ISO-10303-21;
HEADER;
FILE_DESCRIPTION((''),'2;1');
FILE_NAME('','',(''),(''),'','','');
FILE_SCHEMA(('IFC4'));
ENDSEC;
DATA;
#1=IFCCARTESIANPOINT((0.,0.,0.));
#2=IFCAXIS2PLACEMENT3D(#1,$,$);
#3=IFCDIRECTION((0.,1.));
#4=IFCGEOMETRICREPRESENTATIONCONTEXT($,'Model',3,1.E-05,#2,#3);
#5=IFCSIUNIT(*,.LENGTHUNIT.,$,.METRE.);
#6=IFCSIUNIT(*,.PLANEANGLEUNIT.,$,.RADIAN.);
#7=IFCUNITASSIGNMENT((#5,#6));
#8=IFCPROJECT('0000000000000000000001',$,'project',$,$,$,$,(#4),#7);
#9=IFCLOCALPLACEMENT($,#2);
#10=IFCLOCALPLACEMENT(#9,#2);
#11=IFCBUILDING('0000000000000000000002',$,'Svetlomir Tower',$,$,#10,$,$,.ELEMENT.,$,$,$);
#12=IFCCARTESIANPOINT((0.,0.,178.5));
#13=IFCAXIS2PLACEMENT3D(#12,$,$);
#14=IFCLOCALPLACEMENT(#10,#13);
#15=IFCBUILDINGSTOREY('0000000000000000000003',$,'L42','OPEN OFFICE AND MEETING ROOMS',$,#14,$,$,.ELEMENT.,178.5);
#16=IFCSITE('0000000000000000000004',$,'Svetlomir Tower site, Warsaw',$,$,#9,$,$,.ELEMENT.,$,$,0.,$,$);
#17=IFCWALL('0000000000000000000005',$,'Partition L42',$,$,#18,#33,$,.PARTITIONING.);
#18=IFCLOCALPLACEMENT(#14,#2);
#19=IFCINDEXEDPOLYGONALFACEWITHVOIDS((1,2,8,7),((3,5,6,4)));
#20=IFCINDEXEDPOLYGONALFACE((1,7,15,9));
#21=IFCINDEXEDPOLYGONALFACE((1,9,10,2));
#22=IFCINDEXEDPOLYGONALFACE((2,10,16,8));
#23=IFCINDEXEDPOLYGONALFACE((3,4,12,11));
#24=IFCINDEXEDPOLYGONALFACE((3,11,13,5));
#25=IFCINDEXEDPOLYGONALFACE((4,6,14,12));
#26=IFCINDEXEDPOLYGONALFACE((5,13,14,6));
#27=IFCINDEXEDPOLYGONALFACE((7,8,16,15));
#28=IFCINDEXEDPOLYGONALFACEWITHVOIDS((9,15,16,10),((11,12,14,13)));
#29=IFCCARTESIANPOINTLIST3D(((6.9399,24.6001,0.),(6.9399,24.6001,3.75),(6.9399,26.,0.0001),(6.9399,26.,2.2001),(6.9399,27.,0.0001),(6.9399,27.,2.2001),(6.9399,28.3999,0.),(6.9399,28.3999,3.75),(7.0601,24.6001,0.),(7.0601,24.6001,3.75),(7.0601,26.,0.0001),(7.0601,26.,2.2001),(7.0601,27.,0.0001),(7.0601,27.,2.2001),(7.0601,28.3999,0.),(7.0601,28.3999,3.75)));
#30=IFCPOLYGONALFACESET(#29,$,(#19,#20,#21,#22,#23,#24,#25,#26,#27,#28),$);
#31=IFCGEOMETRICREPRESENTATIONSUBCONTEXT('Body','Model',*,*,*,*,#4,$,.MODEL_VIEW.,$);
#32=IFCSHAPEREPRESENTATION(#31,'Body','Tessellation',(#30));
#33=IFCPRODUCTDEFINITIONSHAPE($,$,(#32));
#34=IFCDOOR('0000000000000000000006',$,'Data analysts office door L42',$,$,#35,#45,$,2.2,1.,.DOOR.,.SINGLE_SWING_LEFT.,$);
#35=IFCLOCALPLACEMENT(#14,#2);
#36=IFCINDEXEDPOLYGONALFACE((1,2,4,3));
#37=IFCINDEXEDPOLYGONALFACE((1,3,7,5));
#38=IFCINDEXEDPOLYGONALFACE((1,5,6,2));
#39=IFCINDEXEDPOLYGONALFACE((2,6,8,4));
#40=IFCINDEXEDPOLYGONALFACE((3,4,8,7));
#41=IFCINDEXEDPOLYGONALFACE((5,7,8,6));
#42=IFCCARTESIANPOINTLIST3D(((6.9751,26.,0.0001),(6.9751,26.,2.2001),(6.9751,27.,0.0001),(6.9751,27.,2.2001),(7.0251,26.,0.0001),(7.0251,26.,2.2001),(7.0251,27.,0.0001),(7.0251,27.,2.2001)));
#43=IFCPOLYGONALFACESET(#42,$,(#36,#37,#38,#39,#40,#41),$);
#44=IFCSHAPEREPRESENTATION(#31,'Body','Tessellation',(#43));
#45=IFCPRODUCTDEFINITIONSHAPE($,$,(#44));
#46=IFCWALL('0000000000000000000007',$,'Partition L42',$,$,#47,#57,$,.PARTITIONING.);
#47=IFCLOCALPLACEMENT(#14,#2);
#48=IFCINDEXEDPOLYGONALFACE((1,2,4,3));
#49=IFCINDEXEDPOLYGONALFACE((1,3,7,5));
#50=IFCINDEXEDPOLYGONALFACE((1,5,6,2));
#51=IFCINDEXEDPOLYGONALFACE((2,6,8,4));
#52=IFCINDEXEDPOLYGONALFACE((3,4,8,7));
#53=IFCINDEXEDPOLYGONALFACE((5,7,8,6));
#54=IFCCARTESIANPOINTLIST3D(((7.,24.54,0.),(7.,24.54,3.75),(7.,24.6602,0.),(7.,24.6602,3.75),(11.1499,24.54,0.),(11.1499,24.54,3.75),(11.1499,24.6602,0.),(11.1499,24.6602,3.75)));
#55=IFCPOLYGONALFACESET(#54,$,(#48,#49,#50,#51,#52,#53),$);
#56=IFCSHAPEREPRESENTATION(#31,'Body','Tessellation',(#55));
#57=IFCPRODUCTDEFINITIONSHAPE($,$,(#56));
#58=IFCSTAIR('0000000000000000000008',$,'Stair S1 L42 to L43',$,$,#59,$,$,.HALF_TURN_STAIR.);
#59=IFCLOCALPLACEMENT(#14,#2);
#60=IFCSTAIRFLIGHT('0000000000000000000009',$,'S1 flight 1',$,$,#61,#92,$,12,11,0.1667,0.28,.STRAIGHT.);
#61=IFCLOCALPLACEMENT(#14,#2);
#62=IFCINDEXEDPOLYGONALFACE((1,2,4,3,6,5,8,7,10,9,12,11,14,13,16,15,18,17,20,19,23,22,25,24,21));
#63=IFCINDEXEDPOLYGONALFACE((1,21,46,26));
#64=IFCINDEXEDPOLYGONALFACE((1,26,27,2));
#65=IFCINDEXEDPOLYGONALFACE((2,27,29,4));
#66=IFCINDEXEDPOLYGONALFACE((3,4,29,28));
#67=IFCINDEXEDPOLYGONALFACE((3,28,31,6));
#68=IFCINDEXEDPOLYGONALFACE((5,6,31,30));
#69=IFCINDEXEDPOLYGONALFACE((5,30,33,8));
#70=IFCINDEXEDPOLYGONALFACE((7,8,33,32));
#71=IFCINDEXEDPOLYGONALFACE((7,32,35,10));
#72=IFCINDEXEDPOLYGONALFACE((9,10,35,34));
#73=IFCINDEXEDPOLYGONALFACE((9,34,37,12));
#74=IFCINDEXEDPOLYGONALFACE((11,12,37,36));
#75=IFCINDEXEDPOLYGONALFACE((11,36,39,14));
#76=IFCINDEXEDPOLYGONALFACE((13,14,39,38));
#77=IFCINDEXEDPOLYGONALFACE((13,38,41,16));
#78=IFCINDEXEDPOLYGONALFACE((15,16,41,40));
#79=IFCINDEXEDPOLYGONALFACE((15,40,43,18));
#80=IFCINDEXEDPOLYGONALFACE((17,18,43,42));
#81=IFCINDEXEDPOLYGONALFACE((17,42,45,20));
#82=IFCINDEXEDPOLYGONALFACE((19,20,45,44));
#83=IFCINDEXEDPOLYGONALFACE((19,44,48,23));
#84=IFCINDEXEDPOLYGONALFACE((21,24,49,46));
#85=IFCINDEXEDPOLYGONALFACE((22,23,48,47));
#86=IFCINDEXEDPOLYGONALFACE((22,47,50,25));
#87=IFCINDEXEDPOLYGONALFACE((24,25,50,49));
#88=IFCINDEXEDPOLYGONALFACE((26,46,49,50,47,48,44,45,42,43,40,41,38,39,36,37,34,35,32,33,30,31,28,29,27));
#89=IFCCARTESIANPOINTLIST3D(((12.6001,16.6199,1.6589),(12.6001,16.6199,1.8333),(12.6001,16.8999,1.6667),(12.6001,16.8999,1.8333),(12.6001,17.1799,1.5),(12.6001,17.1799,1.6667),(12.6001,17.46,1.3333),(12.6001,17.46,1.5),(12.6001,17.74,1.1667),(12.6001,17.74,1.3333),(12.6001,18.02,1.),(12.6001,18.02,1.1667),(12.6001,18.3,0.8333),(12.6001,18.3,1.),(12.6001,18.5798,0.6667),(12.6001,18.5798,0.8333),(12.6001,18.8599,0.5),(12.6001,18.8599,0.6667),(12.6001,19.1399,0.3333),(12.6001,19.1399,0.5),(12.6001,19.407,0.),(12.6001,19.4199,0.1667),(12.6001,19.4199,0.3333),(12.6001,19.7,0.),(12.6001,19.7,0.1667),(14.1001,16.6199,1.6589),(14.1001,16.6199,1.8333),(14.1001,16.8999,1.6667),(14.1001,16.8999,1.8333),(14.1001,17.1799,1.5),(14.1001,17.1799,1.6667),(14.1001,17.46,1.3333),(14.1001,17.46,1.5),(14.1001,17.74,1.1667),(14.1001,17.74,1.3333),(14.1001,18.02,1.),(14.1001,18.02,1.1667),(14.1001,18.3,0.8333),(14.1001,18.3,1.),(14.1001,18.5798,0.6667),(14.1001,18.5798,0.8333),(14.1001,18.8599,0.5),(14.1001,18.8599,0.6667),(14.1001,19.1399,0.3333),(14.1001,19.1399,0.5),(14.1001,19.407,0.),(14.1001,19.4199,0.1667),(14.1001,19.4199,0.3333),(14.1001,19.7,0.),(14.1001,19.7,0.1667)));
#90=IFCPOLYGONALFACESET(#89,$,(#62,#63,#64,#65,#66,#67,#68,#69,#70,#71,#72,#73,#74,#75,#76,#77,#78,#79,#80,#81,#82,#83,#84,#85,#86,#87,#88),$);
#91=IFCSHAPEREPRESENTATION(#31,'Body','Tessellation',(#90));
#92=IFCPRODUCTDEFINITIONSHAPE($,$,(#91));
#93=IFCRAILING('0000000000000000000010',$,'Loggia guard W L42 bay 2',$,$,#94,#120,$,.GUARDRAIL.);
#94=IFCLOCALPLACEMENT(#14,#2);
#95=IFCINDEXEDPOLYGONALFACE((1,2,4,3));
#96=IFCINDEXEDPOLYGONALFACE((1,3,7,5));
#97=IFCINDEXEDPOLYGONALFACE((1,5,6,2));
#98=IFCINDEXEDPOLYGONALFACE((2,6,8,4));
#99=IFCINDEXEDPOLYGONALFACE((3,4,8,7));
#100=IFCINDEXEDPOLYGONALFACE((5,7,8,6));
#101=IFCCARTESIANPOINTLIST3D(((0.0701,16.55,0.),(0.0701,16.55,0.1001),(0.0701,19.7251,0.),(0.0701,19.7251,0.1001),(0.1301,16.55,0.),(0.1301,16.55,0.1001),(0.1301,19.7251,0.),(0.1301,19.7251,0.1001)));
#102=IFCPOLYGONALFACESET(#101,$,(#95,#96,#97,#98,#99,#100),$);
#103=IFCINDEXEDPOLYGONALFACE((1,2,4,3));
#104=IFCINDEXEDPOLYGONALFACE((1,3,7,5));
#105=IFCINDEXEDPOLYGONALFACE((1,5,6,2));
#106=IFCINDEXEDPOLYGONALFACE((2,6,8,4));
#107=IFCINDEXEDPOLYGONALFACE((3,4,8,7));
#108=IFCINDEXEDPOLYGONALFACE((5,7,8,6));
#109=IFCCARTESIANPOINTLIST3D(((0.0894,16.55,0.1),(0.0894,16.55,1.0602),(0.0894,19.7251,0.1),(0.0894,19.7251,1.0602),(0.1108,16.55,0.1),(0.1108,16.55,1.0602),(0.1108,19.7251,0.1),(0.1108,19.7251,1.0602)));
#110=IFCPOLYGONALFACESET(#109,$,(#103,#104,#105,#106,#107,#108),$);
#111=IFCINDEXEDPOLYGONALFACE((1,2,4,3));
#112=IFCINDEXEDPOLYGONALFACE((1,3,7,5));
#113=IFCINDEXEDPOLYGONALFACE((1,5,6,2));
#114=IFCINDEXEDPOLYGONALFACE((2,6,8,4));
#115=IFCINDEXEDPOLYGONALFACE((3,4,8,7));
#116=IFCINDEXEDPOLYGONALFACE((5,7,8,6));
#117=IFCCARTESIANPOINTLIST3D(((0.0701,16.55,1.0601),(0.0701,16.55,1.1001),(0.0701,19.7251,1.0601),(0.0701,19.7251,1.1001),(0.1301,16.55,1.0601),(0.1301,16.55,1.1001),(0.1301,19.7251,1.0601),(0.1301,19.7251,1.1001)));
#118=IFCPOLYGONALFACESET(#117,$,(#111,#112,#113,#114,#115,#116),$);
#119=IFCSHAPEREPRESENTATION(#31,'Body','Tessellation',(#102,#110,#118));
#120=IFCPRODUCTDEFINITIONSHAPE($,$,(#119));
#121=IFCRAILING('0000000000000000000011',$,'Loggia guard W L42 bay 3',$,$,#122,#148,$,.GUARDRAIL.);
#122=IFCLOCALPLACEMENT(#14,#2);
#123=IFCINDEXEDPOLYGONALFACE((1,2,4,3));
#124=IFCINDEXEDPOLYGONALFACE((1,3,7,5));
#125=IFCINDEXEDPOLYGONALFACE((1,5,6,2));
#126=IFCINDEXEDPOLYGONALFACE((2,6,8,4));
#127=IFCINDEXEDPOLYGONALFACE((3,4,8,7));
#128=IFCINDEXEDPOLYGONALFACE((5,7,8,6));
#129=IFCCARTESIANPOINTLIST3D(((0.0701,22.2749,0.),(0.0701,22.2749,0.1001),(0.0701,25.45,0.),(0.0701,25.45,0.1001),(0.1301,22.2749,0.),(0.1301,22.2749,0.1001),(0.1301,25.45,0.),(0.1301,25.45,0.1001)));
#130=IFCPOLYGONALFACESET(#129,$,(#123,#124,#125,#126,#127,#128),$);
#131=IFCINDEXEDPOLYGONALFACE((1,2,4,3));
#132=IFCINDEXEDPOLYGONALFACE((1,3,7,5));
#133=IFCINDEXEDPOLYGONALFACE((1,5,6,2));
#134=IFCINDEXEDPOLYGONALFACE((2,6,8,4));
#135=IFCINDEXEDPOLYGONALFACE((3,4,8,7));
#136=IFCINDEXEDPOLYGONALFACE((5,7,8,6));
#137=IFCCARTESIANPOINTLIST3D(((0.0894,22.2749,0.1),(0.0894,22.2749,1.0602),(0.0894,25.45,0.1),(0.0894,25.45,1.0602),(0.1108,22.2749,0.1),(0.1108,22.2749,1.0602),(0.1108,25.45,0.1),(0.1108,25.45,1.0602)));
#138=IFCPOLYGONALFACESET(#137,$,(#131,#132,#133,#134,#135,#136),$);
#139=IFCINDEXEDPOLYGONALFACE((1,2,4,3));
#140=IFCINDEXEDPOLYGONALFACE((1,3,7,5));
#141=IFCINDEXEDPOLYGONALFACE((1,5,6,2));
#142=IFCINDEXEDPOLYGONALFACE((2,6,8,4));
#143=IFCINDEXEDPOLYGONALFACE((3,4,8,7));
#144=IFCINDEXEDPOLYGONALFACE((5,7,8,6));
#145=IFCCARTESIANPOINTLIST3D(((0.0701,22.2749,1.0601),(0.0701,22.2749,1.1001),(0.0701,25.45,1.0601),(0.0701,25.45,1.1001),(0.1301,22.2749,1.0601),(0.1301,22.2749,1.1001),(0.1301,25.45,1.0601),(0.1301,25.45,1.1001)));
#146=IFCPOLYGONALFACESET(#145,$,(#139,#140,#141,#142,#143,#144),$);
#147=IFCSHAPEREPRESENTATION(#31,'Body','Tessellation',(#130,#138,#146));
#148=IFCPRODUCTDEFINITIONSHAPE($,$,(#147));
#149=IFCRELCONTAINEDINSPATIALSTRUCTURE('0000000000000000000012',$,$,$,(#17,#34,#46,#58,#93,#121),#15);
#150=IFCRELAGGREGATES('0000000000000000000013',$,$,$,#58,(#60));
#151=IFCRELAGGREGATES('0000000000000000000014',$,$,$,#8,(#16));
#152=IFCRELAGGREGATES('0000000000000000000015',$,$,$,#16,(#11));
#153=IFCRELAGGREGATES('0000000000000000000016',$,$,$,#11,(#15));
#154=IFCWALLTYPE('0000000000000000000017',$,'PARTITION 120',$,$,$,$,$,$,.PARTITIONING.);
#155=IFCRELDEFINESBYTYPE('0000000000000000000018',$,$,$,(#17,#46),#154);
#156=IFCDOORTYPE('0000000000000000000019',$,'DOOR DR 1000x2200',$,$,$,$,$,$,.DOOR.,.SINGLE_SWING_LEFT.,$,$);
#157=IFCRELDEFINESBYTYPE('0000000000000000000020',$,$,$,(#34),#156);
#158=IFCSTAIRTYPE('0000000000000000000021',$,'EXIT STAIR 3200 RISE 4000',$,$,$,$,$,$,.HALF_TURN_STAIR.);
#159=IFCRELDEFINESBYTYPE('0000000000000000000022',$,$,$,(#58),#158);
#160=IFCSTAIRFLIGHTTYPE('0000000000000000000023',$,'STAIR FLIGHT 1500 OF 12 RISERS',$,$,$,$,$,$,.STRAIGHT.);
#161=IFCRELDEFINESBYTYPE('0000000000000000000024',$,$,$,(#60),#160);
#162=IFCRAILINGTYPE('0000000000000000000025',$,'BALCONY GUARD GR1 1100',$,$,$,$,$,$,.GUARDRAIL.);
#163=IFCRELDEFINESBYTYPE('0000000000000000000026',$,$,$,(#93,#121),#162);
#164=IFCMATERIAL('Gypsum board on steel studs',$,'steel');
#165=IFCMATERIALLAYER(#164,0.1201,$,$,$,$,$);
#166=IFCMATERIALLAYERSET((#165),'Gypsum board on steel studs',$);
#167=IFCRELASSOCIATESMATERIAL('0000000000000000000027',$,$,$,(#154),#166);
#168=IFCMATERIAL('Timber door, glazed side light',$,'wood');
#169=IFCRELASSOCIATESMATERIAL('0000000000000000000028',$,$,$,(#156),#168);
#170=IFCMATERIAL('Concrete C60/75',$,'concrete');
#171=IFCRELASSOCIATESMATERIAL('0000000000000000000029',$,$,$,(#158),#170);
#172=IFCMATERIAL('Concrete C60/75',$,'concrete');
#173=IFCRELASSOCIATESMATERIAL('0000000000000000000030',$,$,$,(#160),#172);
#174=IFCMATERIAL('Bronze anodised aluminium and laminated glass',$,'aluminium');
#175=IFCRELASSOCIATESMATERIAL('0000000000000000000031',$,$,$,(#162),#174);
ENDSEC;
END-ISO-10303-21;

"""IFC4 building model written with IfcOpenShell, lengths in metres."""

from ifc_helpers import new_model, si_unit, direction, frame, frame_2d, origin, origin_2d, place, context, subcontext, project, spatial, polyline, rectangle, outline, extrude, material, layer, layer_set, type_object, element, fill, aggregate, save


model = new_model("IFC4")

# Units and contexts
model_context = context("Model", 3, precision=1e-05, world=origin(), true_north=direction((0.0, 1.0)))
body_context = subcontext(model_context, "Body", "Model", "MODEL_VIEW")
ifc_project = project(units=[si_unit("LENGTHUNIT", "METRE"), si_unit("PLANEANGLEUNIT", "RADIAN")], contexts=[model_context])

# Site, building, storey
site_placement = place(None, origin())
site = spatial("IfcSite", under=ifc_project, at=site_placement, Name="Svetlomir Tower site, Warsaw", CompositionType="ELEMENT", RefElevation=0.0)
building_placement = place(site_placement, origin())
building = spatial("IfcBuilding", under=site, at=building_placement, Name="Svetlomir Tower", CompositionType="ELEMENT")
storey_placement = place(building_placement, frame((0.0, 0.0, 178.5)))
storey = spatial("IfcBuildingStorey", under=building, at=storey_placement, Name="L42", Description="OPEN OFFICE AND MEETING ROOMS", CompositionType="ELEMENT", Elevation=178.5)

# Shared definitions
ifc_material_1 = material(Name="Gypsum board on steel studs", Category="steel")
ifc_layer_1 = layer(ifc_material_1, 0.1201)
ifc_layer_set_1 = layer_set([ifc_layer_1], Name="Gypsum board on steel studs")
wall_type_1 = type_object("IfcWallType", Name="PARTITION 120", PredefinedType="PARTITIONING", material=ifc_layer_set_1)

# Wall, opening, door
wall_1_placement = place(storey_placement, frame((7.0, 24.6001, 0.0), z_axis=(0.0, 0.0, 1.0), x_axis=(0.0, 1.0, 0.0)))
wall_1 = element("IfcWall", 1, at=wall_1_placement, inside=storey, type_object=wall_type_1, Name="Partition L42", PredefinedType="PARTITIONING", context=body_context, shape_type="SweptSolid", body=[
    extrude(rectangle(XDim=3.7998, YDim=0.1201, at=frame_2d((1.8999, 0.0))), origin(), (0.0, 0.0, 1.0), 3.75),
])
opening_1_placement = place(wall_1_placement, frame((1.3999, 0.0, 0.0)))
opening_1 = element("IfcOpeningElement", 2, at=opening_1_placement, cuts=wall_1, PredefinedType="OPENING", context=body_context, shape_type="SweptSolid", body=[
    extrude(rectangle(XDim=1.0, YDim=2.2, at=frame_2d((0.5, 1.1001))), frame((0.0, 0.0701, 0.0), z_axis=(0.0, -1.0, 0.0), x_axis=(1.0, 0.0, 0.0)), (0.0, 0.0, 1.0), 0.1401),
])
ifc_material_2 = material(Name="Timber door, glazed side light", Category="wood")
door_type_1 = type_object("IfcDoorType", Name="DOOR DR 1000x2200", OperationType="SINGLE_SWING_LEFT", PredefinedType="DOOR", material=ifc_material_2)
door_1_placement = place(opening_1_placement, origin())
door_1 = element("IfcDoor", 3, at=door_1_placement, inside=storey, type_object=door_type_1, Name="Data analysts office door L42", OperationType="SINGLE_SWING_LEFT", OverallHeight=2.2, OverallWidth=1.0, PredefinedType="DOOR", context=body_context, shape_type="SweptSolid", body=[
    extrude(rectangle(XDim=1.0, YDim=2.2, at=frame_2d((0.5, 1.1001))), frame((0.0, 0.0249, 0.0), z_axis=(0.0, -1.0, 0.0), x_axis=(1.0, 0.0, 0.0)), (0.0, 0.0, 1.0), 0.05),
])
fill(opening_1, door_1)

# Wall
wall_2_placement = place(storey_placement, frame((7.0, 24.6001, 0.0), z_axis=(0.0, 0.0, 1.0), x_axis=(1.0, 0.0, 0.0)))
element("IfcWall", 4, at=wall_2_placement, inside=storey, type_object=wall_type_1, Name="Partition L42", PredefinedType="PARTITIONING", context=body_context, shape_type="SweptSolid", body=[
    extrude(rectangle(XDim=4.1499, YDim=0.1201, at=frame_2d((2.075, 0.0))), origin(), (0.0, 0.0, 1.0), 3.75),
])

# Stair, stair flight
ifc_material_3 = material(Name="Concrete C60/75", Category="concrete")
stair_type = type_object("IfcStairType", Name="EXIT STAIR 3200 RISE 4000", PredefinedType="HALF_TURN_STAIR", material=ifc_material_3)
stair_placement = place(storey_placement, origin())
stair = element("IfcStair", 5, at=stair_placement, inside=storey, type_object=stair_type, Name="Stair S1 L42 to L43", PredefinedType="HALF_TURN_STAIR")
ifc_material_4 = material(Name="Concrete C60/75", Category="concrete")
stair_flight_type = type_object("IfcStairFlightType", Name="STAIR FLIGHT 1500 OF 12 RISERS", PredefinedType="STRAIGHT", material=ifc_material_4)
stair_flight_placement = place(storey_placement, frame((13.3501, 19.7, 0.0), z_axis=(0.0, 0.0, 1.0), x_axis=(0.0, -1.0, 0.0)))
stair_flight = element("IfcStairFlight", 6, at=stair_flight_placement, type_object=stair_flight_type, Name="S1 flight 1", NumberOfRisers=12, NumberOfTreads=11, PredefinedType="STRAIGHT", RiserHeight=0.1667, TreadLength=0.28, context=body_context, shape_type="SweptSolid", body=[
    extrude(outline(polyline([(0.0, 0.0), (0.0, 0.1667), (0.28, 0.1667), (0.28, 0.3333), (0.5601, 0.3333), (0.5601, 0.5), (0.8401, 0.5), (0.8401, 0.6667), (1.1201, 0.6667), (1.1201, 0.8333), (1.3999, 0.8333), (1.3999, 1.0), (1.6799, 1.0), (1.6799, 1.1667), (1.96, 1.1667), (1.96, 1.3333), (2.24, 1.3333), (2.24, 1.5), (2.52, 1.5), (2.52, 1.6667), (2.8, 1.6667), (2.8, 1.8333), (3.0801, 1.8333), (3.0801, 2.0), (3.0801, 1.6589), (0.293, 0.0), (0.0, 0.0)])), frame((0.0, 0.75, 0.0), z_axis=(0.0, -1.0, 0.0), x_axis=(1.0, 0.0, 0.0)), (0.0, 0.0, 1.0), 1.5),
])
aggregate(stair, [stair_flight])

# Railings
ifc_material_5 = material(Name="Bronze anodised aluminium and laminated glass", Category="aluminium")
railing_type_1 = type_object("IfcRailingType", Name="BALCONY GUARD GR1 1100", PredefinedType="GUARDRAIL", material=ifc_material_5)
for number, where, name in (
    (7, (0.1001, 16.55, 0.0), "Loggia guard W L42 bay 2"),
    (8, (0.1001, 22.2749, 0.0), "Loggia guard W L42 bay 3"),
):
    element("IfcRailing", number, at=place(storey_placement, frame(where)), inside=storey, type_object=railing_type_1, Name=name, PredefinedType="GUARDRAIL", context=body_context, shape_type="SweptSolid", body=[
        extrude(rectangle(XDim=0.0601, YDim=0.1001, at=origin_2d()), frame((0.0, 0.0, 0.05), z_axis=(0.0, 1.0, 0.0), x_axis=(-1.0, 0.0, 0.0)), (0.0, 0.0, 1.0), 3.175),
        extrude(rectangle(XDim=0.0215, YDim=0.9602, at=origin_2d()), frame((0.0, 0.0, 0.5801), z_axis=(0.0, 1.0, 0.0), x_axis=(-1.0, 0.0, 0.0)), (0.0, 0.0, 1.0), 3.175),
        extrude(rectangle(XDim=0.0601, YDim=0.04, at=origin_2d()), frame((0.0, 0.0, 1.0801), z_axis=(0.0, 1.0, 0.0), x_axis=(-1.0, 0.0, 0.0)), (0.0, 0.0, 1.0), 3.175),
    ])

save(model, "model.ifc")
